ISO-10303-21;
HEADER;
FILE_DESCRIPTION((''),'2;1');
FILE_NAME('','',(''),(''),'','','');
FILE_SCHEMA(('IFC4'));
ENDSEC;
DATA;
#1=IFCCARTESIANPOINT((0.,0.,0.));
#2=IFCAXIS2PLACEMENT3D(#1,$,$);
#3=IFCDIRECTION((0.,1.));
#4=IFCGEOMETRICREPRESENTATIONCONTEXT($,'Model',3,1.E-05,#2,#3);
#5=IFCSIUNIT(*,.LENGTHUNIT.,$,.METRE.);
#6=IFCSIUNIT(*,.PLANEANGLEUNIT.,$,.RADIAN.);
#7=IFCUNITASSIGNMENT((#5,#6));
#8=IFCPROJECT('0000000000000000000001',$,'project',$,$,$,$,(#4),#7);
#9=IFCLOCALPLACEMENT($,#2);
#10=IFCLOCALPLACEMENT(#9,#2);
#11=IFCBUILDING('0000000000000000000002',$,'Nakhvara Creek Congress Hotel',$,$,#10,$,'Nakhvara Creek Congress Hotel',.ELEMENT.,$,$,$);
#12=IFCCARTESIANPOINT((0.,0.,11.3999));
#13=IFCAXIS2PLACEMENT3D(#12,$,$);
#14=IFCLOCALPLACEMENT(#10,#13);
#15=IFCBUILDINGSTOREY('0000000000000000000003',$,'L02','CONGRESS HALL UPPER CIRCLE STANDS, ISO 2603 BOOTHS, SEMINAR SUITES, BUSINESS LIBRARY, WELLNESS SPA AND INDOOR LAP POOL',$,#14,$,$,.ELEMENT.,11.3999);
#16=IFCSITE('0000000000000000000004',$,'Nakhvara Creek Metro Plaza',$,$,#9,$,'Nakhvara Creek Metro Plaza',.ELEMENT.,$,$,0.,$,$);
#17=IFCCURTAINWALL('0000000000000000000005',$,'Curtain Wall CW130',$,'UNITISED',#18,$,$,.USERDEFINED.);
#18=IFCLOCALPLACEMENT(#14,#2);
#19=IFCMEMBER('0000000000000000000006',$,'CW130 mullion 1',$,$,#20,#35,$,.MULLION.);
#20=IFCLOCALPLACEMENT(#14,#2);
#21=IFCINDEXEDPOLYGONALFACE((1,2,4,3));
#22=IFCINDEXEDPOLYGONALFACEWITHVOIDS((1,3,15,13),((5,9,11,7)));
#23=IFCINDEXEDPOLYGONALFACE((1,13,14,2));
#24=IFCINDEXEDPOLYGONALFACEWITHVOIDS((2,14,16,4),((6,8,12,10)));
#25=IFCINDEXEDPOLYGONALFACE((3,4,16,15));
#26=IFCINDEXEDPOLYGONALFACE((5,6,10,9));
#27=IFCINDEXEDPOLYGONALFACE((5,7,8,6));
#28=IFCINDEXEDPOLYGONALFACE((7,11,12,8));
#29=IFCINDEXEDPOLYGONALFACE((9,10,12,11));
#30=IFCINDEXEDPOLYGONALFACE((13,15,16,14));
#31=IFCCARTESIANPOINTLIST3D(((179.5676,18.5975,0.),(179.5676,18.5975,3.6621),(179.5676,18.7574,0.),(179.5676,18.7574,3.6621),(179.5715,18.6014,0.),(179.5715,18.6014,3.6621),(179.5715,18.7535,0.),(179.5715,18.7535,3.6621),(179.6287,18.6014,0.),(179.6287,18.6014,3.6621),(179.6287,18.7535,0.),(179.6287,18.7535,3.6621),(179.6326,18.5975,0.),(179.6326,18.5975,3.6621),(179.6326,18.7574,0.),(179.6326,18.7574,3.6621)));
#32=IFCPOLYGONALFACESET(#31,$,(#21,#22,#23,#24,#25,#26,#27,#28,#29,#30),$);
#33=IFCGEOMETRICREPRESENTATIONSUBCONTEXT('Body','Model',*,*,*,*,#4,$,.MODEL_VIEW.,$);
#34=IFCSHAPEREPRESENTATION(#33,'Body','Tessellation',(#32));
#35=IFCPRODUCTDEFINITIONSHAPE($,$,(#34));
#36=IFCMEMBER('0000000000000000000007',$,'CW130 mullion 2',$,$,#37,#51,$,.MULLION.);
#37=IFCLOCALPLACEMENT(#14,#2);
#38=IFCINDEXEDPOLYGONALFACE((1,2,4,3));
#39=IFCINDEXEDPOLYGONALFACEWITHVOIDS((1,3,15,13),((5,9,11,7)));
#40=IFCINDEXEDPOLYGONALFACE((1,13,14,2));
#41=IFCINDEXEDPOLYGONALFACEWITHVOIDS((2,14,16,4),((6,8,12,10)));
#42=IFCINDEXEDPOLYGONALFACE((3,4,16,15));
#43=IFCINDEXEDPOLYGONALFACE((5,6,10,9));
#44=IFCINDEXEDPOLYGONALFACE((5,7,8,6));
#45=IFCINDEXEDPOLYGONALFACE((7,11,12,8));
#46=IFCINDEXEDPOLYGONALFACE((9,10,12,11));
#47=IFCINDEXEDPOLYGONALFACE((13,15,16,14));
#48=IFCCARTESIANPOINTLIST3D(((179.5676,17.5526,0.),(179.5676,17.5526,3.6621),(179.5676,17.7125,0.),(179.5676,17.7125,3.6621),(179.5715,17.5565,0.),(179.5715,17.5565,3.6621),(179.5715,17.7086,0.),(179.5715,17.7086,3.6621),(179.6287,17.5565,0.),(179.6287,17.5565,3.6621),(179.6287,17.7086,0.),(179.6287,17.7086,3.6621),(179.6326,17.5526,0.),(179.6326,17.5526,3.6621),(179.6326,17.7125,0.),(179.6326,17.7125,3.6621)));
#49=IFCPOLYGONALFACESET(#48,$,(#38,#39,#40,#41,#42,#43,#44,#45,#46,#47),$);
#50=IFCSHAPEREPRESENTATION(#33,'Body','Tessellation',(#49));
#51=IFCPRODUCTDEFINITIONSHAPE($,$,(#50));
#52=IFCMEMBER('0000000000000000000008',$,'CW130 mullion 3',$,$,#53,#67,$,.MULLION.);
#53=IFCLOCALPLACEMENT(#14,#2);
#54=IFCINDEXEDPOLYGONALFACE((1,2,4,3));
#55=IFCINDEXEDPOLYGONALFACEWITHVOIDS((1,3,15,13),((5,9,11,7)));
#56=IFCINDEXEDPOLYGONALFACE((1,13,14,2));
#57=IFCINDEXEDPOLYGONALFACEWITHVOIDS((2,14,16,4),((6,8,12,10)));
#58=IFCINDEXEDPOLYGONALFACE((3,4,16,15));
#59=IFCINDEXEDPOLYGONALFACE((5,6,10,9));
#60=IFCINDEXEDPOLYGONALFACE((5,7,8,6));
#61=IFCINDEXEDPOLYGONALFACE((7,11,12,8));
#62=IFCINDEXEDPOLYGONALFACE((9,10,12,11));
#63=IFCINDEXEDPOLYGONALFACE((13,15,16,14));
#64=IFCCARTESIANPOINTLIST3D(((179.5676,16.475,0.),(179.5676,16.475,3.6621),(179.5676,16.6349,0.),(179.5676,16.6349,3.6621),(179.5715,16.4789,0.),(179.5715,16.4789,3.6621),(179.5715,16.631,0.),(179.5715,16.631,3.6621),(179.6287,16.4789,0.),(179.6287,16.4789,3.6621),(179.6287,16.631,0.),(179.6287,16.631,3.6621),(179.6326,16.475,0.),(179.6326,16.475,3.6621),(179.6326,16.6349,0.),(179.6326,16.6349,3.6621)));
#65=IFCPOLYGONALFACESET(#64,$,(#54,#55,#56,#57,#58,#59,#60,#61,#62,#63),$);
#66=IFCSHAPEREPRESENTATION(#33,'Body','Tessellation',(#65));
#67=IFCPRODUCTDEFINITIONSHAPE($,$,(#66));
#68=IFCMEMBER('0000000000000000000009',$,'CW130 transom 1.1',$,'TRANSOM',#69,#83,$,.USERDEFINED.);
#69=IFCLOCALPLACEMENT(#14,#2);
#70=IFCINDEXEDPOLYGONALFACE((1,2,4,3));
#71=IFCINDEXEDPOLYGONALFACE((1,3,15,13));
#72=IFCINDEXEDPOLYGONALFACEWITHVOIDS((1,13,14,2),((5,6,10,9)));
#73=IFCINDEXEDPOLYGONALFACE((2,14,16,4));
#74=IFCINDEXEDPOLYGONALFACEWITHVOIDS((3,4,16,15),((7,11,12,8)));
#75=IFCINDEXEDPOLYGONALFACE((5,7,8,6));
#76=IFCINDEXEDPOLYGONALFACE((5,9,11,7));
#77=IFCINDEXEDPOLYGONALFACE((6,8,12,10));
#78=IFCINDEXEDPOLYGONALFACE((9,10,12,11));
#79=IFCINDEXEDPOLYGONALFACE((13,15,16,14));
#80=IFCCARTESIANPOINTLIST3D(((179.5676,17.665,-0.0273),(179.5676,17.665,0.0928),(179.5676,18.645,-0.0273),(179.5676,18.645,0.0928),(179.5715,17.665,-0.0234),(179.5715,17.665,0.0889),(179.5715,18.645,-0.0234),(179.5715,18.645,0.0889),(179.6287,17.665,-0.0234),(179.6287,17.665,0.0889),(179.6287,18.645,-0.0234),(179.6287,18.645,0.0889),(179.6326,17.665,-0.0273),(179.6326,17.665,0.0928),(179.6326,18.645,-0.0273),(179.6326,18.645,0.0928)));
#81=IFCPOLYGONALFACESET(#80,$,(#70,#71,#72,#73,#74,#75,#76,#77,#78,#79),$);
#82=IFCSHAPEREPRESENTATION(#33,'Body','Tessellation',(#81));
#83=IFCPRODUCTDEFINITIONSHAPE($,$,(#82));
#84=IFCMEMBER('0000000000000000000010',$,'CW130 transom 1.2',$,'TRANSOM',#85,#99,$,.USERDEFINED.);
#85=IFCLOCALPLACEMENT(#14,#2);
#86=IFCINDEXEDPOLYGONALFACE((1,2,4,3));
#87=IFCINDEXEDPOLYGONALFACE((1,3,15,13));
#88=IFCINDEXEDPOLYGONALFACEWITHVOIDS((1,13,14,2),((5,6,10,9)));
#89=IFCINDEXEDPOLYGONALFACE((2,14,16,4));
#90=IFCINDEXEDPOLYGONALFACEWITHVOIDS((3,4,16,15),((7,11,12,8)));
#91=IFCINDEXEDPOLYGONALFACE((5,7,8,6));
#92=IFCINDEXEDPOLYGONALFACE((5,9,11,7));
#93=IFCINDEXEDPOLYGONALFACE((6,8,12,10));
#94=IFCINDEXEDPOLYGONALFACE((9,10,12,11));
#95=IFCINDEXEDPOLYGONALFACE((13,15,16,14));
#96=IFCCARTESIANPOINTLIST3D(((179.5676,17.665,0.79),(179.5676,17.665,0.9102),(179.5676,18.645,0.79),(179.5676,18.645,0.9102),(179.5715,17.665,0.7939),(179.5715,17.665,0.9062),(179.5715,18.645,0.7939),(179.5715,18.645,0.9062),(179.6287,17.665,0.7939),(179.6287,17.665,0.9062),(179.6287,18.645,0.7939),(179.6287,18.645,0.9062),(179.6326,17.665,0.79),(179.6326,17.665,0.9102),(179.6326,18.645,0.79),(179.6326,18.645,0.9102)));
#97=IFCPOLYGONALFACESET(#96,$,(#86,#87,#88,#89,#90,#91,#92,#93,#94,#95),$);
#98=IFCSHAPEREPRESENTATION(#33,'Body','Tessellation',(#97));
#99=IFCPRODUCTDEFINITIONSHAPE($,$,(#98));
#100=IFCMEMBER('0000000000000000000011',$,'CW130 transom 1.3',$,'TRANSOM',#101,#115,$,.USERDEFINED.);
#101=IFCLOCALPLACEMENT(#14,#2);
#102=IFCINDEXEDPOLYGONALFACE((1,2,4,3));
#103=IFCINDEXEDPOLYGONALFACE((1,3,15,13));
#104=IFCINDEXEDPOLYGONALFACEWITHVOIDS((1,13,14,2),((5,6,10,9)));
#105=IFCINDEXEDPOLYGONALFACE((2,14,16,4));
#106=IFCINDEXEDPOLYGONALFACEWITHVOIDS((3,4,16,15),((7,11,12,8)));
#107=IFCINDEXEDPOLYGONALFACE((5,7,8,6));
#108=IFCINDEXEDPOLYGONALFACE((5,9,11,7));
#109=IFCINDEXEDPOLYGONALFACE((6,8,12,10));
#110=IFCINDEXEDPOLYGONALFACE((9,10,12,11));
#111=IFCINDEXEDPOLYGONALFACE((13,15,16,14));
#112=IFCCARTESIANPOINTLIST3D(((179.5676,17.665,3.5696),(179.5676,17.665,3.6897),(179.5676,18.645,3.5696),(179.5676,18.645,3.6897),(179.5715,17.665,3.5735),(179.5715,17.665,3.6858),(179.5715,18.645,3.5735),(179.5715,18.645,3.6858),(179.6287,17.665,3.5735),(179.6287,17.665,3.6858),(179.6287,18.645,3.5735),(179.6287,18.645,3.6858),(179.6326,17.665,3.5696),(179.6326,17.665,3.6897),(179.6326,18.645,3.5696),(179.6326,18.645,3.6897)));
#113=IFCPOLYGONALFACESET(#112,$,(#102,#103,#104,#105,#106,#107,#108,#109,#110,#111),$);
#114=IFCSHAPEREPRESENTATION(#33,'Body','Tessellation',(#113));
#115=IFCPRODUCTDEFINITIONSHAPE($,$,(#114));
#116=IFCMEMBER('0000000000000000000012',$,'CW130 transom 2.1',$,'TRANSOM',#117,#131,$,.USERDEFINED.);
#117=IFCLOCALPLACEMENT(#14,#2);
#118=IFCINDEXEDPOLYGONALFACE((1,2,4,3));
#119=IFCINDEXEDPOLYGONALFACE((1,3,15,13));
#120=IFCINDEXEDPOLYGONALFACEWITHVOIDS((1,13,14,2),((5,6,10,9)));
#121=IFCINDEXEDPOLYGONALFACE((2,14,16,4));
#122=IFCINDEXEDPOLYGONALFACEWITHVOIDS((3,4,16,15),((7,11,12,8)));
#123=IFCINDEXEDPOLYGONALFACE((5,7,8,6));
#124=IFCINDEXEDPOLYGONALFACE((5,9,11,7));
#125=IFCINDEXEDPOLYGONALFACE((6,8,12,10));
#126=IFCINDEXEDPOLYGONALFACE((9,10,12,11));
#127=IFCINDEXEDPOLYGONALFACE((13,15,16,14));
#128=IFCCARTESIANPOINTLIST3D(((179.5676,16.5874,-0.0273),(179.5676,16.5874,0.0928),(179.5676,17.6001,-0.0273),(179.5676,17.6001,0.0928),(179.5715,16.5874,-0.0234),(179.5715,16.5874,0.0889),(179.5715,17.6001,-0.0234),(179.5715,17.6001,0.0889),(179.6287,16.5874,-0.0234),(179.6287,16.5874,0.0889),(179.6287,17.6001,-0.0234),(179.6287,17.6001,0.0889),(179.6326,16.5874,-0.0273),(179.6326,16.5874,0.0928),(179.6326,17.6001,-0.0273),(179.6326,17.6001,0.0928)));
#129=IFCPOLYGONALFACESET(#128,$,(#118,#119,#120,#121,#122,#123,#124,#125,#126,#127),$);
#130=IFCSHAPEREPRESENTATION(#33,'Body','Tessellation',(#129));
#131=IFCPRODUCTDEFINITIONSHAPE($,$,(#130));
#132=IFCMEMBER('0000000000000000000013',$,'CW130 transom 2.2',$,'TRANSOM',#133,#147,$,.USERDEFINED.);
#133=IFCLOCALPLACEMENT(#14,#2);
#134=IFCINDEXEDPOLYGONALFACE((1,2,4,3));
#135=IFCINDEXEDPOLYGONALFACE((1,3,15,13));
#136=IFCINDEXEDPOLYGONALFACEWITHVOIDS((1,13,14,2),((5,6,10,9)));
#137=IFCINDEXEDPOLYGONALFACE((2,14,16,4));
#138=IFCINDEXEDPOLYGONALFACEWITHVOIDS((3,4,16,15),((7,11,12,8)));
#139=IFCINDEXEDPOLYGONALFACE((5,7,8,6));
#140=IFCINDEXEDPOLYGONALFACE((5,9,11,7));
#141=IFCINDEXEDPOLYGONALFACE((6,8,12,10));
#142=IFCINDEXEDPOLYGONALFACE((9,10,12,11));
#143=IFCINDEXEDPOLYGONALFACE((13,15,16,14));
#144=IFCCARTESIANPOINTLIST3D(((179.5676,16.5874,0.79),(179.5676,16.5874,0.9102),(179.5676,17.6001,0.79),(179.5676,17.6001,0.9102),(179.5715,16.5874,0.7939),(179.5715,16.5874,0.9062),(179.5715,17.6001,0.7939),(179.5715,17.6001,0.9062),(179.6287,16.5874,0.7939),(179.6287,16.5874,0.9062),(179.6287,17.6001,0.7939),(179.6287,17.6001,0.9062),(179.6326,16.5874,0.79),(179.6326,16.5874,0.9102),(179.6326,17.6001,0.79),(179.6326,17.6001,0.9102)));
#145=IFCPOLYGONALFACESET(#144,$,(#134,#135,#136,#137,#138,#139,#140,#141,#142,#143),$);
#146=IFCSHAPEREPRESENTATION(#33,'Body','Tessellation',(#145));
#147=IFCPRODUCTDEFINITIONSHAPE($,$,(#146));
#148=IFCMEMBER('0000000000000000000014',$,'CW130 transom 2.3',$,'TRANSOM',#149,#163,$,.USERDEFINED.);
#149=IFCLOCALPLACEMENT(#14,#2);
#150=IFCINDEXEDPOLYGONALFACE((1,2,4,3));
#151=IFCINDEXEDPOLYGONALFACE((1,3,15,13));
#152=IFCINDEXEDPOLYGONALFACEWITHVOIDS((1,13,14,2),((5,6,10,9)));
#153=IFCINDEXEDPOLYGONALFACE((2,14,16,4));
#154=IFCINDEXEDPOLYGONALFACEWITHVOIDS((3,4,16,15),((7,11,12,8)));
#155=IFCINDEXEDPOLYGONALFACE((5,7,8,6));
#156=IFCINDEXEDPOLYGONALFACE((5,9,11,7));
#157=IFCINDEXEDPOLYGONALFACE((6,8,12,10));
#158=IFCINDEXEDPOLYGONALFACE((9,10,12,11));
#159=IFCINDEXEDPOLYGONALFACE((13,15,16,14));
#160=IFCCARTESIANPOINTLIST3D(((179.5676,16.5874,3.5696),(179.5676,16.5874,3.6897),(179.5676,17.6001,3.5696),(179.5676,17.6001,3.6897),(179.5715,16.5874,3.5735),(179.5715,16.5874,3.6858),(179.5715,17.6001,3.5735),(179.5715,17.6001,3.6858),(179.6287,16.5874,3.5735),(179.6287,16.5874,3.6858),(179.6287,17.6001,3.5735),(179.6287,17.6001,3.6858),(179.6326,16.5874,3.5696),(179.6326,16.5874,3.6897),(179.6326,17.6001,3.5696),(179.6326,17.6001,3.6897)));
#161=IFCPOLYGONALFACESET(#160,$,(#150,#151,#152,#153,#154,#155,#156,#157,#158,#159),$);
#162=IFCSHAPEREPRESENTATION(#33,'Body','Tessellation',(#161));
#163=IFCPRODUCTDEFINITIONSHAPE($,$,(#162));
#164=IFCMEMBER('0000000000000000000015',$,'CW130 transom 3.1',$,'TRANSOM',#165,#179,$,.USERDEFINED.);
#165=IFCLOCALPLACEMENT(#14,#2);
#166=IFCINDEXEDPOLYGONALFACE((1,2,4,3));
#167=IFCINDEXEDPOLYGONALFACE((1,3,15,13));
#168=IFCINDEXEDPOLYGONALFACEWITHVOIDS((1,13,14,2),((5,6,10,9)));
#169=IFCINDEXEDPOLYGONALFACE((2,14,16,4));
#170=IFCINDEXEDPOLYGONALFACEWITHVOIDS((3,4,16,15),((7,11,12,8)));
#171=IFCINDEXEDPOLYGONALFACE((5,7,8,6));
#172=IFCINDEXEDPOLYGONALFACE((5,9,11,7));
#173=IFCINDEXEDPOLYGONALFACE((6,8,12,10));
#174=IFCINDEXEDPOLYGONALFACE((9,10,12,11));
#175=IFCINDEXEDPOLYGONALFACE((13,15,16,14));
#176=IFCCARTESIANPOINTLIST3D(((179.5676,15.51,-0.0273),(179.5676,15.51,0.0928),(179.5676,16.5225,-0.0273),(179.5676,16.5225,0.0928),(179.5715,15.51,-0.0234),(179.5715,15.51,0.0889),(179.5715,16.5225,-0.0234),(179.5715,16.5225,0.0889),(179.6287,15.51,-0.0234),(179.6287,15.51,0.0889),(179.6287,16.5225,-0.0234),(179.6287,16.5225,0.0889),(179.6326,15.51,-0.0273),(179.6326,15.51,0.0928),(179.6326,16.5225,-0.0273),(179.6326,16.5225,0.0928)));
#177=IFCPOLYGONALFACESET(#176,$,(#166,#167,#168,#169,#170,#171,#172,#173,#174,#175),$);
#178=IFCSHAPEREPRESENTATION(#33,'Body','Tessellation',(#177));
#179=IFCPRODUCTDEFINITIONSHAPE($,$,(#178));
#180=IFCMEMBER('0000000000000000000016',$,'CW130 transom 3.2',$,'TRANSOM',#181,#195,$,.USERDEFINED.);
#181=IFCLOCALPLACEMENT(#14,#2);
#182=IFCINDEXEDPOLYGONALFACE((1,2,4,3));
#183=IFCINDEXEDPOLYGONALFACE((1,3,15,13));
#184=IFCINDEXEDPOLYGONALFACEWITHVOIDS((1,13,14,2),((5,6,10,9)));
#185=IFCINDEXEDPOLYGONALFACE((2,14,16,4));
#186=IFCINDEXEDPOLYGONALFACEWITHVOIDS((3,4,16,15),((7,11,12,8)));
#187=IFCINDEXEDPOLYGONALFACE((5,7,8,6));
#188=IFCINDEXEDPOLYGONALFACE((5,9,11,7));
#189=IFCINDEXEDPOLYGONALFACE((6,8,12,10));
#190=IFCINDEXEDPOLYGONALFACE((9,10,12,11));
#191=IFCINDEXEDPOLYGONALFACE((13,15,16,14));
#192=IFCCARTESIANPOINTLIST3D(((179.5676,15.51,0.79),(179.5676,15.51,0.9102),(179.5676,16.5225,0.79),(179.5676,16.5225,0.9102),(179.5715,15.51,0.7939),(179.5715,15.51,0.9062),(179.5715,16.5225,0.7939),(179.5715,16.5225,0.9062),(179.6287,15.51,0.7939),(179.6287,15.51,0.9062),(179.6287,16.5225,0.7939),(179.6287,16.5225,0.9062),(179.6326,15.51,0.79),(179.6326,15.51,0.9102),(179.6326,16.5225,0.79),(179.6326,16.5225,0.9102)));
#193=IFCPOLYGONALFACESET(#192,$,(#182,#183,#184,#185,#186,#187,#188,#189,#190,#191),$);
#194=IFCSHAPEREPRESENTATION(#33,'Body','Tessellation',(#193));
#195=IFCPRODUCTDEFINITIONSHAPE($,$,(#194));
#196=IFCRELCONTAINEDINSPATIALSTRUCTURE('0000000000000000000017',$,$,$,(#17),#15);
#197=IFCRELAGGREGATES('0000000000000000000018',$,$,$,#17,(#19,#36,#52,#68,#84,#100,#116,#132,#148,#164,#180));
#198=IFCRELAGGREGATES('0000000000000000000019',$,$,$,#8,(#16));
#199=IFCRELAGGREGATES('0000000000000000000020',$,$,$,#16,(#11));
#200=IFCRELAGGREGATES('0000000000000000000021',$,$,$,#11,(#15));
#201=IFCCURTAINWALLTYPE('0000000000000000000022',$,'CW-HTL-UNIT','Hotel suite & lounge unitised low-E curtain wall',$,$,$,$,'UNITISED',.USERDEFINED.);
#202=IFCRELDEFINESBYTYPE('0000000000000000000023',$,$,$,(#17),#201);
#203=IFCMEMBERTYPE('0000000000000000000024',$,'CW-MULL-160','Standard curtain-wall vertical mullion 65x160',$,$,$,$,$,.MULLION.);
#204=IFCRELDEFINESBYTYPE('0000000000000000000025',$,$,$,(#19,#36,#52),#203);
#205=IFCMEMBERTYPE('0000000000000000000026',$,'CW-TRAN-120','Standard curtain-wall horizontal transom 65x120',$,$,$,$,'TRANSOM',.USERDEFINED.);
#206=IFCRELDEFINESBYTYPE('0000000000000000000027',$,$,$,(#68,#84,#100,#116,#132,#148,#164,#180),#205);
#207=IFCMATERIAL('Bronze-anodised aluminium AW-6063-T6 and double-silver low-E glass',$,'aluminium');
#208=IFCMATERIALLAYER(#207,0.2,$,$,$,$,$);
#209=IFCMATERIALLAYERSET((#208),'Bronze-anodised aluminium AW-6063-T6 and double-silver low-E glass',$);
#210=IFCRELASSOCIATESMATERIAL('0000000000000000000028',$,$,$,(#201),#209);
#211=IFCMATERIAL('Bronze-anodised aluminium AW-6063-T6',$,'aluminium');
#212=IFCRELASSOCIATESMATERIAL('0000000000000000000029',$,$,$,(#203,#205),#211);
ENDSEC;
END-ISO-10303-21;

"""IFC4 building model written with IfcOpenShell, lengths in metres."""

from ifc_helpers import new_model, si_unit, direction, frame, origin, origin_2d, place, context, subcontext, project, spatial, hollow_rectangle, extrude, material, layer, layer_set, material_profile, profile_set, type_object, element, aggregate, save


model = new_model("IFC4")

# Units and contexts
model_context = context("Model", 3, precision=1e-05, world=origin(), true_north=direction((0.0, 1.0)))
body_context = subcontext(model_context, "Body", "Model", "MODEL_VIEW")
ifc_project = project(units=[si_unit("LENGTHUNIT", "METRE"), si_unit("PLANEANGLEUNIT", "RADIAN")], contexts=[model_context])

# Site, building, storey
site_placement = place(None, origin())
site = spatial("IfcSite", under=ifc_project, at=site_placement, Name="Nakhvara Creek Metro Plaza", LongName="Nakhvara Creek Metro Plaza", CompositionType="ELEMENT", RefElevation=0.0)
building_placement = place(site_placement, origin())
building = spatial("IfcBuilding", under=site, at=building_placement, Name="Nakhvara Creek Congress Hotel", LongName="Nakhvara Creek Congress Hotel", CompositionType="ELEMENT")
storey_placement = place(building_placement, frame((0.0, 0.0, 11.3999)))
storey = spatial("IfcBuildingStorey", under=building, at=storey_placement, Name="L02", Description="CONGRESS HALL UPPER CIRCLE STANDS, ISO 2603 BOOTHS, SEMINAR SUITES, BUSINESS LIBRARY, WELLNESS SPA AND INDOOR LAP POOL", CompositionType="ELEMENT", Elevation=11.3999)

# Curtain wall, members
ifc_material_1 = material(Name="Bronze-anodised aluminium AW-6063-T6 and double-silver low-E glass", Category="aluminium")
ifc_layer_1 = layer(ifc_material_1, 0.2)
ifc_layer_set_1 = layer_set([ifc_layer_1], Name="Bronze-anodised aluminium AW-6063-T6 and double-silver low-E glass")
curtain_wall_type = type_object("IfcCurtainWallType", Name="CW-HTL-UNIT", Description="Hotel suite & lounge unitised low-E curtain wall", ElementType="UNITISED", PredefinedType="USERDEFINED", material=ifc_layer_set_1)
curtain_wall_placement = place(storey_placement, origin())
curtain_wall = element("IfcCurtainWall", 1, at=curtain_wall_placement, inside=storey, type_object=curtain_wall_type, Name="Curtain Wall CW130", ObjectType="UNITISED", PredefinedType="USERDEFINED")
ifc_material_2 = material(Name="Bronze-anodised aluminium AW-6063-T6", Category="aluminium")
ifc_material_profile_1 = material_profile(ifc_material_2, hollow_rectangle(XDim=0.0649, YDim=0.1599, WallThickness=0.0039, at=origin_2d()), Name="ALU-MULL 65x160x4", Category="LoadBearing")
ifc_profile_set_1 = profile_set([ifc_material_profile_1], Name="Bronze-anodised aluminium AW-6063-T6")
member_type_1 = type_object("IfcMemberType", Name="CW-MULL-160", Description="Standard curtain-wall vertical mullion 65x160", PredefinedType="MULLION", material=ifc_profile_set_1)
member_1_placement = place(storey_placement, frame((179.6001, 18.6775, 0.0), z_axis=(0.0, 0.0, 1.0), x_axis=(1.0, 0.0, 0.0)))
member_1 = element("IfcMember", 2, at=member_1_placement, type_object=member_type_1, Name="CW130 mullion 1", PredefinedType="MULLION", context=body_context, shape_type="SweptSolid", body=[
    extrude(hollow_rectangle(XDim=0.0649, YDim=0.1599, WallThickness=0.0039, at=origin_2d()), origin(), (0.0, 0.0, 1.0), 3.6621),
])
member_2_placement = place(storey_placement, frame((179.6001, 17.6326, 0.0), z_axis=(0.0, 0.0, 1.0), x_axis=(1.0, 0.0, 0.0)))
member_2 = element("IfcMember", 3, at=member_2_placement, type_object=member_type_1, Name="CW130 mullion 2", PredefinedType="MULLION", context=body_context, shape_type="SweptSolid", body=[
    extrude(hollow_rectangle(XDim=0.0649, YDim=0.1599, WallThickness=0.0039, at=origin_2d()), origin(), (0.0, 0.0, 1.0), 3.6621),
])
member_3_placement = place(storey_placement, frame((179.6001, 16.5549, 0.0), z_axis=(0.0, 0.0, 1.0), x_axis=(1.0, 0.0, 0.0)))
member_3 = element("IfcMember", 4, at=member_3_placement, type_object=member_type_1, Name="CW130 mullion 3", PredefinedType="MULLION", context=body_context, shape_type="SweptSolid", body=[
    extrude(hollow_rectangle(XDim=0.0649, YDim=0.1599, WallThickness=0.0039, at=origin_2d()), origin(), (0.0, 0.0, 1.0), 3.6621),
])
ifc_material_profile_2 = material_profile(ifc_material_2, hollow_rectangle(XDim=0.0649, YDim=0.1201, WallThickness=0.0039, at=origin_2d()), Name="ALU-TRAN 65x120x4", Category="LoadBearing")
ifc_profile_set_2 = profile_set([ifc_material_profile_2], Name="Bronze-anodised aluminium AW-6063-T6")
member_type_2 = type_object("IfcMemberType", Name="CW-TRAN-120", Description="Standard curtain-wall horizontal transom 65x120", ElementType="TRANSOM", PredefinedType="USERDEFINED", material=ifc_profile_set_2)
member_4_placement = place(storey_placement, frame((179.6001, 18.645, 0.0327), z_axis=(0.0, -1.0, 0.0), x_axis=(1.0, 0.0, 0.0)))
member_4 = element("IfcMember", 5, at=member_4_placement, type_object=member_type_2, Name="CW130 transom 1.1", ObjectType="TRANSOM", PredefinedType="USERDEFINED", context=body_context, shape_type="SweptSolid", body=[
    extrude(hollow_rectangle(XDim=0.0649, YDim=0.1201, WallThickness=0.0039, at=origin_2d()), origin(), (0.0, 0.0, 1.0), 0.98),
])
member_5_placement = place(storey_placement, frame((179.6001, 18.645, 0.8501), z_axis=(0.0, -1.0, 0.0), x_axis=(1.0, 0.0, 0.0)))
member_5 = element("IfcMember", 6, at=member_5_placement, type_object=member_type_2, Name="CW130 transom 1.2", ObjectType="TRANSOM", PredefinedType="USERDEFINED", context=body_context, shape_type="SweptSolid", body=[
    extrude(hollow_rectangle(XDim=0.0649, YDim=0.1201, WallThickness=0.0039, at=origin_2d()), origin(), (0.0, 0.0, 1.0), 0.98),
])
member_6_placement = place(storey_placement, frame((179.6001, 18.645, 3.6296), z_axis=(0.0, -1.0, 0.0), x_axis=(1.0, 0.0, 0.0)))
member_6 = element("IfcMember", 7, at=member_6_placement, type_object=member_type_2, Name="CW130 transom 1.3", ObjectType="TRANSOM", PredefinedType="USERDEFINED", context=body_context, shape_type="SweptSolid", body=[
    extrude(hollow_rectangle(XDim=0.0649, YDim=0.1201, WallThickness=0.0039, at=origin_2d()), origin(), (0.0, 0.0, 1.0), 0.98),
])
member_7_placement = place(storey_placement, frame((179.6001, 17.6001, 0.0327), z_axis=(0.0, -1.0, 0.0), x_axis=(1.0, 0.0, 0.0)))
member_7 = element("IfcMember", 8, at=member_7_placement, type_object=member_type_2, Name="CW130 transom 2.1", ObjectType="TRANSOM", PredefinedType="USERDEFINED", context=body_context, shape_type="SweptSolid", body=[
    extrude(hollow_rectangle(XDim=0.0649, YDim=0.1201, WallThickness=0.0039, at=origin_2d()), origin(), (0.0, 0.0, 1.0), 1.0127),
])
member_8_placement = place(storey_placement, frame((179.6001, 17.6001, 0.8501), z_axis=(0.0, -1.0, 0.0), x_axis=(1.0, 0.0, 0.0)))
member_8 = element("IfcMember", 9, at=member_8_placement, type_object=member_type_2, Name="CW130 transom 2.2", ObjectType="TRANSOM", PredefinedType="USERDEFINED", context=body_context, shape_type="SweptSolid", body=[
    extrude(hollow_rectangle(XDim=0.0649, YDim=0.1201, WallThickness=0.0039, at=origin_2d()), origin(), (0.0, 0.0, 1.0), 1.0127),
])
member_9_placement = place(storey_placement, frame((179.6001, 17.6001, 3.6296), z_axis=(0.0, -1.0, 0.0), x_axis=(1.0, 0.0, 0.0)))
member_9 = element("IfcMember", 10, at=member_9_placement, type_object=member_type_2, Name="CW130 transom 2.3", ObjectType="TRANSOM", PredefinedType="USERDEFINED", context=body_context, shape_type="SweptSolid", body=[
    extrude(hollow_rectangle(XDim=0.0649, YDim=0.1201, WallThickness=0.0039, at=origin_2d()), origin(), (0.0, 0.0, 1.0), 1.0127),
])
member_10_placement = place(storey_placement, frame((179.6001, 16.5225, 0.0327), z_axis=(0.0, -1.0, 0.0), x_axis=(1.0, 0.0, 0.0)))
member_10 = element("IfcMember", 11, at=member_10_placement, type_object=member_type_2, Name="CW130 transom 3.1", ObjectType="TRANSOM", PredefinedType="USERDEFINED", context=body_context, shape_type="SweptSolid", body=[
    extrude(hollow_rectangle(XDim=0.0649, YDim=0.1201, WallThickness=0.0039, at=origin_2d()), origin(), (0.0, 0.0, 1.0), 1.0125),
])
member_11_placement = place(storey_placement, frame((179.6001, 16.5225, 0.8501), z_axis=(0.0, -1.0, 0.0), x_axis=(1.0, 0.0, 0.0)))
member_11 = element("IfcMember", 12, at=member_11_placement, type_object=member_type_2, Name="CW130 transom 3.2", ObjectType="TRANSOM", PredefinedType="USERDEFINED", context=body_context, shape_type="SweptSolid", body=[
    extrude(hollow_rectangle(XDim=0.0649, YDim=0.1201, WallThickness=0.0039, at=origin_2d()), origin(), (0.0, 0.0, 1.0), 1.0125),
])
aggregate(curtain_wall, [member_1, member_2, member_3, member_4, member_5, member_6, member_7, member_8, member_9, member_10, member_11])

save(model, "model.ifc")
